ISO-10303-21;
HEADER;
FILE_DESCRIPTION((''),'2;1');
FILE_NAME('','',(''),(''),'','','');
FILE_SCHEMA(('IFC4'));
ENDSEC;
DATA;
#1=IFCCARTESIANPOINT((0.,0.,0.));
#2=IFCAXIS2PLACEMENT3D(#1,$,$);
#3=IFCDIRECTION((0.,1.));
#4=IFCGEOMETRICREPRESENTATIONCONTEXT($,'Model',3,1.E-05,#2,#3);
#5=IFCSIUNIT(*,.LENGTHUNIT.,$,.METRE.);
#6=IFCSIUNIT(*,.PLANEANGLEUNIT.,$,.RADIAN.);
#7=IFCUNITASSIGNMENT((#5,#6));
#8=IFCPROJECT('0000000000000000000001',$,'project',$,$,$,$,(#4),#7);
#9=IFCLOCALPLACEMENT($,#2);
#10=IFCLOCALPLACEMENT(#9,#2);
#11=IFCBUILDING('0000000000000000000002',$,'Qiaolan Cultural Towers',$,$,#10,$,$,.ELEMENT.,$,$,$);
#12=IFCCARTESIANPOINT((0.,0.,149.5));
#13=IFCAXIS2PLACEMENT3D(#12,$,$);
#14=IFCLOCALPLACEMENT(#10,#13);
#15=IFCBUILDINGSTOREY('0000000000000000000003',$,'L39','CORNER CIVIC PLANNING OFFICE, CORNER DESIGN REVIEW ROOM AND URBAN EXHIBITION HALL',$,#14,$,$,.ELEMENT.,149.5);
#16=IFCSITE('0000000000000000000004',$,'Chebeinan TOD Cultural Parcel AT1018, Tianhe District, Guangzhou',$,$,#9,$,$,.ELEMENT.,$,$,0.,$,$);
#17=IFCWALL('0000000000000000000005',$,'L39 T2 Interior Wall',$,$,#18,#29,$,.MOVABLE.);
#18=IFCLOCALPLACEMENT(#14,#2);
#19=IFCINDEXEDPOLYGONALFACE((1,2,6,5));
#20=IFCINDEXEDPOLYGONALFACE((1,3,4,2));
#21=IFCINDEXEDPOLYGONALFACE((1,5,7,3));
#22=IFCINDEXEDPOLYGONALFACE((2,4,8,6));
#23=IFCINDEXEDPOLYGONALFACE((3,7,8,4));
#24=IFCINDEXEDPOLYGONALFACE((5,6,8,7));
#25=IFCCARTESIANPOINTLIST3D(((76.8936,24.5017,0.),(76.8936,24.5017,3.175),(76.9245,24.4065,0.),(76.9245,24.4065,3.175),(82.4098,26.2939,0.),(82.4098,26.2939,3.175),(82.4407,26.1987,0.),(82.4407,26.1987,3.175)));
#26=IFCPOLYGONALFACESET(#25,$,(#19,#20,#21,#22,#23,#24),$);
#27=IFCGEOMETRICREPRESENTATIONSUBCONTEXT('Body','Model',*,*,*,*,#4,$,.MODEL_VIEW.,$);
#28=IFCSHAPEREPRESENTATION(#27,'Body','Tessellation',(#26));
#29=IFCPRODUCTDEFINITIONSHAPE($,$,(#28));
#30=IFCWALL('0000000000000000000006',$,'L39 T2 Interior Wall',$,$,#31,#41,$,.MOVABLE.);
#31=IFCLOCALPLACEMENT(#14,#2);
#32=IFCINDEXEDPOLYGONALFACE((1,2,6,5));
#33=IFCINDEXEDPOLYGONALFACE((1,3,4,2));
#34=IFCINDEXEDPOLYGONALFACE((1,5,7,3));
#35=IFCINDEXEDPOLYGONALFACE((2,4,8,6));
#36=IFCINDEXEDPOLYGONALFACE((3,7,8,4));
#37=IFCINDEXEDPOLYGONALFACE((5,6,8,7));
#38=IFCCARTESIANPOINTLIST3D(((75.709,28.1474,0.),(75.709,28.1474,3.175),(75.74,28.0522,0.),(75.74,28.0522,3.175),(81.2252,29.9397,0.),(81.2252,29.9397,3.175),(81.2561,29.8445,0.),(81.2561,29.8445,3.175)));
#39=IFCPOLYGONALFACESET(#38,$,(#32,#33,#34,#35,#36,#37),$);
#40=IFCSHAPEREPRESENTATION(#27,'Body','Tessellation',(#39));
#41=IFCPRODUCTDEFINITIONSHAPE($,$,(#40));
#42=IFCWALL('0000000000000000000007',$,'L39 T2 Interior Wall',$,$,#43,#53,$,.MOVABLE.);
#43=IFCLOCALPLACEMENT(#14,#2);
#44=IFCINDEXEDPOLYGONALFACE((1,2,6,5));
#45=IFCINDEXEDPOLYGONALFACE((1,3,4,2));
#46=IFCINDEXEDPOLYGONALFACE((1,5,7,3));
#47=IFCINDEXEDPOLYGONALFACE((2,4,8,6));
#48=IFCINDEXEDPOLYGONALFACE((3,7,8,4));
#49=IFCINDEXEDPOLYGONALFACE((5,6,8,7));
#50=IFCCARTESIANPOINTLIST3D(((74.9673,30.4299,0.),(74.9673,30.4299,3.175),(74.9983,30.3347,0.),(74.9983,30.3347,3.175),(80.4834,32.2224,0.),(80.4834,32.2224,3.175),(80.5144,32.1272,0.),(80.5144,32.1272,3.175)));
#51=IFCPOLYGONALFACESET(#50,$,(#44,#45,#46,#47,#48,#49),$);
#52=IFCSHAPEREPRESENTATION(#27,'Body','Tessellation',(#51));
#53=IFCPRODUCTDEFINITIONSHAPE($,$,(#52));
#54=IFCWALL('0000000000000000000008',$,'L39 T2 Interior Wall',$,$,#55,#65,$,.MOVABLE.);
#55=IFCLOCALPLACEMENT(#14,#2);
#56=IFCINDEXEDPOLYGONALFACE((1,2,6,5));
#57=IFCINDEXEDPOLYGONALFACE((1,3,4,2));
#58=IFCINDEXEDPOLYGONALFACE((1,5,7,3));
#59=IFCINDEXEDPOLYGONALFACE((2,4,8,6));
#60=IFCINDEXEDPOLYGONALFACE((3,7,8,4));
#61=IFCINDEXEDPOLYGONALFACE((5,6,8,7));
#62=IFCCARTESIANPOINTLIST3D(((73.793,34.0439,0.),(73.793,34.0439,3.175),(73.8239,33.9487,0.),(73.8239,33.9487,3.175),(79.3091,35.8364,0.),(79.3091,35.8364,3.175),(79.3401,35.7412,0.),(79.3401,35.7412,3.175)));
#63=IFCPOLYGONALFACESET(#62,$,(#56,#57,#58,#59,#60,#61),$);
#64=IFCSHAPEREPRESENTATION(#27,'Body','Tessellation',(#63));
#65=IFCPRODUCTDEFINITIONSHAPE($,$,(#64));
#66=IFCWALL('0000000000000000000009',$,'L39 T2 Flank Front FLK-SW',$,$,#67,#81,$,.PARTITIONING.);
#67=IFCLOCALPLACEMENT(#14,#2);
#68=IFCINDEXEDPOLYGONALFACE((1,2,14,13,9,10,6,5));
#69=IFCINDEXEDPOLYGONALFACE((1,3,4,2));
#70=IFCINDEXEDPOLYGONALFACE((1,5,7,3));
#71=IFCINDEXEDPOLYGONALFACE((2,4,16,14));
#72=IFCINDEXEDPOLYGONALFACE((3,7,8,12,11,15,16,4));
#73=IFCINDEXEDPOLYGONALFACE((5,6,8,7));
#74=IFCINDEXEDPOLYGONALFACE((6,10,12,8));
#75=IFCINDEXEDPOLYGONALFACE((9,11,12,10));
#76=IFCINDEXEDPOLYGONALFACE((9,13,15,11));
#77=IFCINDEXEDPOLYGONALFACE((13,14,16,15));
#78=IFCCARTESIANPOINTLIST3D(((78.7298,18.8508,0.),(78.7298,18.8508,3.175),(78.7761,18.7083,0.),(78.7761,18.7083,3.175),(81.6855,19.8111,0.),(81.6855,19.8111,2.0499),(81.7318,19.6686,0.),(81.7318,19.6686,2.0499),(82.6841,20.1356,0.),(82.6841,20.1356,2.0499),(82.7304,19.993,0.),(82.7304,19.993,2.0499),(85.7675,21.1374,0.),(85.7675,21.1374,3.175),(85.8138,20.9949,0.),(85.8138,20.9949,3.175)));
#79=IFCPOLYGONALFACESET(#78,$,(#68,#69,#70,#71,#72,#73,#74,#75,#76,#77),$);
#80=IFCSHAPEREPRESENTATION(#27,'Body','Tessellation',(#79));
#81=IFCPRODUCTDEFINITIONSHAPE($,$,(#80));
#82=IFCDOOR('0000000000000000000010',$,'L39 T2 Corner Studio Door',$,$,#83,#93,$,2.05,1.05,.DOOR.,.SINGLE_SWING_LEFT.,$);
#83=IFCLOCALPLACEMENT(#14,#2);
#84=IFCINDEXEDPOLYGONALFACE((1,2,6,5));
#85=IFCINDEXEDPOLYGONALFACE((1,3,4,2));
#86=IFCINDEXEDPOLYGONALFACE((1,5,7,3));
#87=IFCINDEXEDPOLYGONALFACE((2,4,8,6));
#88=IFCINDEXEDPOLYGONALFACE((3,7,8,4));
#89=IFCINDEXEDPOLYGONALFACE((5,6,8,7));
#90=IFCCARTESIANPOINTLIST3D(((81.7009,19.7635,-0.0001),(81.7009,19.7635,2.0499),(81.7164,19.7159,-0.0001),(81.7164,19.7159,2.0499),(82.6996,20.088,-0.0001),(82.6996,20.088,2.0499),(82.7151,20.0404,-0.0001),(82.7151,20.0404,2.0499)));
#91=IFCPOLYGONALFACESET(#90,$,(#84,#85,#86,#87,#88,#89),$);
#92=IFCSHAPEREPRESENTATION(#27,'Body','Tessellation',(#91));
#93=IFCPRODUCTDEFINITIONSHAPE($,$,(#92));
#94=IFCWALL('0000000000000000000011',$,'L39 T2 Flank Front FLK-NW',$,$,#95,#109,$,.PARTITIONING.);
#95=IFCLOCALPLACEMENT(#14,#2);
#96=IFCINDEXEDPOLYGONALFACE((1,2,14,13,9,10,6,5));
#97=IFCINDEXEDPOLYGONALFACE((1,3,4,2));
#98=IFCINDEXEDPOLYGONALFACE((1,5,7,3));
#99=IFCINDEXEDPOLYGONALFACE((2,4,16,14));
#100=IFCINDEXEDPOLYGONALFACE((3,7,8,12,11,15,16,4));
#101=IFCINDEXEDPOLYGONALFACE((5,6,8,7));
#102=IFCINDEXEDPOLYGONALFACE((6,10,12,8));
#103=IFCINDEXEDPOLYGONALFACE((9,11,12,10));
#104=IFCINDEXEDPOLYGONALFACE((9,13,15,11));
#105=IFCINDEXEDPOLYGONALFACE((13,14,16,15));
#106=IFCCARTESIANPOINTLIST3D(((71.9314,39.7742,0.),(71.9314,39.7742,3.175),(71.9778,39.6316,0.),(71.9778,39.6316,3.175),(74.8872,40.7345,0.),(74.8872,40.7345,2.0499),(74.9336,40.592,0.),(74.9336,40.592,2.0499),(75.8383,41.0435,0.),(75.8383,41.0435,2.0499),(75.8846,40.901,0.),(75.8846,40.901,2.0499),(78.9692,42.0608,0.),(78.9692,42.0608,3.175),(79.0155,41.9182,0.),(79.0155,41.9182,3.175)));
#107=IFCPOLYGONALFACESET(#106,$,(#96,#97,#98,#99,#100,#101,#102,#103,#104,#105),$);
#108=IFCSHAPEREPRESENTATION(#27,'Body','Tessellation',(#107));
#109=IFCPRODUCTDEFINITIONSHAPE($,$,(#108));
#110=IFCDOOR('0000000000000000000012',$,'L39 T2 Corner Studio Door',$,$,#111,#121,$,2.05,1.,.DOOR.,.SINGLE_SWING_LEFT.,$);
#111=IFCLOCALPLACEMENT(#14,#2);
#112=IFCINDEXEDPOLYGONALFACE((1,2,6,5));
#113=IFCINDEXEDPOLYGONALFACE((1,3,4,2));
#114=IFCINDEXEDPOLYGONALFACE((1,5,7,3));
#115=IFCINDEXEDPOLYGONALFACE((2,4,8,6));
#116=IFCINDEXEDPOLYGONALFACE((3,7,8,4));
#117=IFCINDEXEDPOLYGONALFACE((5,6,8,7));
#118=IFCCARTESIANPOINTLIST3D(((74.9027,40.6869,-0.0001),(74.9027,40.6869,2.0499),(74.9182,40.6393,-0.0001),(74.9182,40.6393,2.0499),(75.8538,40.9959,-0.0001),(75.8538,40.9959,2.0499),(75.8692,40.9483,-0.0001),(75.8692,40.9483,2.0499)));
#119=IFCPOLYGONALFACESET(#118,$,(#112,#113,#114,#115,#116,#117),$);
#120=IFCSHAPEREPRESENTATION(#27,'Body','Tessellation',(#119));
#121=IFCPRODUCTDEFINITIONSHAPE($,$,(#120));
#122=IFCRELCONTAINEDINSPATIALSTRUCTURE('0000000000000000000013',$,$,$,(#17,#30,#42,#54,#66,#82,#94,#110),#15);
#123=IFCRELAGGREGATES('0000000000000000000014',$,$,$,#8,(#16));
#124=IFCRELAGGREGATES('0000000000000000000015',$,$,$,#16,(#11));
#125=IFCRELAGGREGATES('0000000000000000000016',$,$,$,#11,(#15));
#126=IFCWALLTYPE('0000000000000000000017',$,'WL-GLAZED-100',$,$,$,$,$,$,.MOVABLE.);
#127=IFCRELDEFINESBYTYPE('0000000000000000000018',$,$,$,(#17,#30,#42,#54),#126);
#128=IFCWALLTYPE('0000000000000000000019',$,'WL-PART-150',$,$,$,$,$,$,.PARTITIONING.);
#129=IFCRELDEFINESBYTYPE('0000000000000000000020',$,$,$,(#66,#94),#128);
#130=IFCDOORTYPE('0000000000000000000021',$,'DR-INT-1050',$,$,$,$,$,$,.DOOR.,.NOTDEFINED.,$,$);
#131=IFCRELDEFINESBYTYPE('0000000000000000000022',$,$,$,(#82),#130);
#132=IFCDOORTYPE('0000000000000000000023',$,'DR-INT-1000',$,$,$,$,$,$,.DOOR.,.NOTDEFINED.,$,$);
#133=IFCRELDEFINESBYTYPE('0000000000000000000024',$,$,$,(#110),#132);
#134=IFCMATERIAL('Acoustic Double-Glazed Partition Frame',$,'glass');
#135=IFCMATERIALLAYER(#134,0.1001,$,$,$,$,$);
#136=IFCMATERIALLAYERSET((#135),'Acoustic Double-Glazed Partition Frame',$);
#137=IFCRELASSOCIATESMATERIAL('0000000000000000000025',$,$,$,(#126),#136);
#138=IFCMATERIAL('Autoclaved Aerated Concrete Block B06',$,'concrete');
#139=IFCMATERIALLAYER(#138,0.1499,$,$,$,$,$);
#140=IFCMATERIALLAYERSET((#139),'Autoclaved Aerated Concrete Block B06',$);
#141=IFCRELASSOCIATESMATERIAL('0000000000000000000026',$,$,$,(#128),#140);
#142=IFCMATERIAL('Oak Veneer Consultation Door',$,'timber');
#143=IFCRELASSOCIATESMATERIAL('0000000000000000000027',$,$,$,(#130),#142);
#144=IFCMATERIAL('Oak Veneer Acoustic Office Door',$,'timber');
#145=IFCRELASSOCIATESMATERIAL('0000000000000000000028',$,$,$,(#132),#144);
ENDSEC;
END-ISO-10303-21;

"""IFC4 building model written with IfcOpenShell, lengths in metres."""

from ifc_helpers import new_model, si_unit, direction, frame, frame_2d, origin, place, context, subcontext, project, spatial, rectangle, extrude, material, layer, layer_set, type_object, element, fill, save


model = new_model("IFC4")

# Units and contexts
model_context = context("Model", 3, precision=1e-05, world=origin(), true_north=direction((0.0, 1.0)))
body_context = subcontext(model_context, "Body", "Model", "MODEL_VIEW")
ifc_project = project(units=[si_unit("LENGTHUNIT", "METRE"), si_unit("PLANEANGLEUNIT", "RADIAN")], contexts=[model_context])

# Site, building, storey
site_placement = place(None, origin())
site = spatial("IfcSite", under=ifc_project, at=site_placement, Name="Chebeinan TOD Cultural Parcel AT1018, Tianhe District, Guangzhou", CompositionType="ELEMENT", RefElevation=0.0)
building_placement = place(site_placement, origin())
building = spatial("IfcBuilding", under=site, at=building_placement, Name="Qiaolan Cultural Towers", CompositionType="ELEMENT")
storey_placement = place(building_placement, frame((0.0, 0.0, 149.5)))
storey = spatial("IfcBuildingStorey", under=building, at=storey_placement, Name="L39", Description="CORNER CIVIC PLANNING OFFICE, CORNER DESIGN REVIEW ROOM AND URBAN EXHIBITION HALL", CompositionType="ELEMENT", Elevation=149.5)

# Walls
ifc_material_1 = material(Name="Acoustic Double-Glazed Partition Frame", Category="glass")
ifc_layer_1 = layer(ifc_material_1, 0.1001)
ifc_layer_set_1 = layer_set([ifc_layer_1], Name="Acoustic Double-Glazed Partition Frame")
wall_type_1 = type_object("IfcWallType", Name="WL-GLAZED-100", PredefinedType="MOVABLE", material=ifc_layer_set_1)
for number, where, z_axis, x_axis, name in (
    (1, (76.9092, 24.4541, 0.0), (0.0, 0.0, 1.0), (0.951059, 0.309008, 0.0), "L39 T2 Interior Wall"),
    (2, (75.7246, 28.0999, 0.0), (0.0, 0.0, 1.0), (0.951059, 0.309008, 0.0), "L39 T2 Interior Wall"),
    (3, (74.9829, 30.3823, 0.0), (0.0, 0.0, 1.0), (0.951047, 0.309046, 0.0), "L39 T2 Interior Wall"),
    (4, (73.8086, 33.9963, 0.0), (0.0, 0.0, 1.0), (0.951047, 0.309046, 0.0), "L39 T2 Interior Wall"),
):
    element("IfcWall", number, at=place(storey_placement, frame(where, z_axis=z_axis, x_axis=x_axis)), inside=storey, type_object=wall_type_1, Name=name, PredefinedType="MOVABLE", context=body_context, shape_type="SweptSolid", body=[
        extrude(rectangle(XDim=5.8, YDim=0.1001, at=frame_2d((2.8999, 0.0))), origin(), (0.0, 0.0, 1.0), 3.175),
    ])

# Walls, openings, doors
ifc_material_2 = material(Name="Autoclaved Aerated Concrete Block B06", Category="concrete")
ifc_layer_2 = layer(ifc_material_2, 0.1499)
ifc_layer_set_2 = layer_set([ifc_layer_2], Name="Autoclaved Aerated Concrete Block B06")
wall_type_2 = type_object("IfcWallType", Name="WL-PART-150", PredefinedType="PARTITIONING", material=ifc_layer_set_2)
wall_1_placement = place(storey_placement, frame((78.7529, 18.7795, 0.0), z_axis=(0.0, 0.0, 1.0), x_axis=(0.951061, 0.309003, 0.0)))
wall_1 = element("IfcWall", 5, at=wall_1_placement, inside=storey, type_object=wall_type_2, Name="L39 T2 Flank Front FLK-SW", PredefinedType="PARTITIONING", context=body_context, shape_type="SweptSolid", body=[
    extrude(rectangle(XDim=7.3999, YDim=0.1499, at=frame_2d((3.7, 0.0))), origin(), (0.0, 0.0, 1.0), 3.175),
])
opening_1_placement = place(wall_1_placement, frame((3.1079, 0.0, 0.0)))
opening_1 = element("IfcOpeningElement", 6, at=opening_1_placement, cuts=wall_1, PredefinedType="OPENING", context=body_context, shape_type="SweptSolid", body=[
    extrude(rectangle(XDim=1.05, YDim=2.05, at=frame_2d((0.5249, 1.0249))), frame((0.0, 0.085, 0.0), z_axis=(0.0, -1.0, 0.0), x_axis=(1.0, 0.0, 0.0)), (0.0, 0.0, 1.0), 0.1699),
])
ifc_material_3 = material(Name="Oak Veneer Consultation Door", Category="timber")
door_type_1 = type_object("IfcDoorType", Name="DR-INT-1050", OperationType="NOTDEFINED", PredefinedType="DOOR", material=ifc_material_3)
door_1_placement = place(opening_1_placement, origin())
door_1 = element("IfcDoor", 7, at=door_1_placement, inside=storey, type_object=door_type_1, Name="L39 T2 Corner Studio Door", OperationType="SINGLE_SWING_LEFT", OverallHeight=2.05, OverallWidth=1.05, PredefinedType="DOOR", context=body_context, shape_type="SweptSolid", body=[
    extrude(rectangle(XDim=1.05, YDim=2.05, at=frame_2d((0.5249, 1.0249))), frame((0.0, 0.0249, 0.0), z_axis=(0.0, -1.0, 0.0), x_axis=(1.0, 0.0, 0.0)), (0.0, 0.0, 1.0), 0.05),
])
fill(opening_1, door_1)
wall_2_placement = place(storey_placement, frame((71.9546, 39.7029, 0.0), z_axis=(0.0, 0.0, 1.0), x_axis=(0.951061, 0.309003, 0.0)))
wall_2 = element("IfcWall", 8, at=wall_2_placement, inside=storey, type_object=wall_type_2, Name="L39 T2 Flank Front FLK-NW", PredefinedType="PARTITIONING", context=body_context, shape_type="SweptSolid", body=[
    extrude(rectangle(XDim=7.3999, YDim=0.1499, at=frame_2d((3.7, 0.0))), origin(), (0.0, 0.0, 1.0), 3.175),
])
opening_2_placement = place(wall_2_placement, frame((3.1079, 0.0, 0.0)))
opening_2 = element("IfcOpeningElement", 9, at=opening_2_placement, cuts=wall_2, PredefinedType="OPENING", context=body_context, shape_type="SweptSolid", body=[
    extrude(rectangle(XDim=1.0, YDim=2.05, at=frame_2d((0.5, 1.0249))), frame((0.0, 0.085, 0.0), z_axis=(0.0, -1.0, 0.0), x_axis=(1.0, 0.0, 0.0)), (0.0, 0.0, 1.0), 0.1699),
])
ifc_material_4 = material(Name="Oak Veneer Acoustic Office Door", Category="timber")
door_type_2 = type_object("IfcDoorType", Name="DR-INT-1000", OperationType="NOTDEFINED", PredefinedType="DOOR", material=ifc_material_4)
door_2_placement = place(opening_2_placement, origin())
door_2 = element("IfcDoor", 10, at=door_2_placement, inside=storey, type_object=door_type_2, Name="L39 T2 Corner Studio Door", OperationType="SINGLE_SWING_LEFT", OverallHeight=2.05, OverallWidth=1.0, PredefinedType="DOOR", context=body_context, shape_type="SweptSolid", body=[
    extrude(rectangle(XDim=1.0, YDim=2.05, at=frame_2d((0.5, 1.0249))), frame((0.0, 0.0249, 0.0), z_axis=(0.0, -1.0, 0.0), x_axis=(1.0, 0.0, 0.0)), (0.0, 0.0, 1.0), 0.05),
])
fill(opening_2, door_2)

save(model, "model.ifc")
